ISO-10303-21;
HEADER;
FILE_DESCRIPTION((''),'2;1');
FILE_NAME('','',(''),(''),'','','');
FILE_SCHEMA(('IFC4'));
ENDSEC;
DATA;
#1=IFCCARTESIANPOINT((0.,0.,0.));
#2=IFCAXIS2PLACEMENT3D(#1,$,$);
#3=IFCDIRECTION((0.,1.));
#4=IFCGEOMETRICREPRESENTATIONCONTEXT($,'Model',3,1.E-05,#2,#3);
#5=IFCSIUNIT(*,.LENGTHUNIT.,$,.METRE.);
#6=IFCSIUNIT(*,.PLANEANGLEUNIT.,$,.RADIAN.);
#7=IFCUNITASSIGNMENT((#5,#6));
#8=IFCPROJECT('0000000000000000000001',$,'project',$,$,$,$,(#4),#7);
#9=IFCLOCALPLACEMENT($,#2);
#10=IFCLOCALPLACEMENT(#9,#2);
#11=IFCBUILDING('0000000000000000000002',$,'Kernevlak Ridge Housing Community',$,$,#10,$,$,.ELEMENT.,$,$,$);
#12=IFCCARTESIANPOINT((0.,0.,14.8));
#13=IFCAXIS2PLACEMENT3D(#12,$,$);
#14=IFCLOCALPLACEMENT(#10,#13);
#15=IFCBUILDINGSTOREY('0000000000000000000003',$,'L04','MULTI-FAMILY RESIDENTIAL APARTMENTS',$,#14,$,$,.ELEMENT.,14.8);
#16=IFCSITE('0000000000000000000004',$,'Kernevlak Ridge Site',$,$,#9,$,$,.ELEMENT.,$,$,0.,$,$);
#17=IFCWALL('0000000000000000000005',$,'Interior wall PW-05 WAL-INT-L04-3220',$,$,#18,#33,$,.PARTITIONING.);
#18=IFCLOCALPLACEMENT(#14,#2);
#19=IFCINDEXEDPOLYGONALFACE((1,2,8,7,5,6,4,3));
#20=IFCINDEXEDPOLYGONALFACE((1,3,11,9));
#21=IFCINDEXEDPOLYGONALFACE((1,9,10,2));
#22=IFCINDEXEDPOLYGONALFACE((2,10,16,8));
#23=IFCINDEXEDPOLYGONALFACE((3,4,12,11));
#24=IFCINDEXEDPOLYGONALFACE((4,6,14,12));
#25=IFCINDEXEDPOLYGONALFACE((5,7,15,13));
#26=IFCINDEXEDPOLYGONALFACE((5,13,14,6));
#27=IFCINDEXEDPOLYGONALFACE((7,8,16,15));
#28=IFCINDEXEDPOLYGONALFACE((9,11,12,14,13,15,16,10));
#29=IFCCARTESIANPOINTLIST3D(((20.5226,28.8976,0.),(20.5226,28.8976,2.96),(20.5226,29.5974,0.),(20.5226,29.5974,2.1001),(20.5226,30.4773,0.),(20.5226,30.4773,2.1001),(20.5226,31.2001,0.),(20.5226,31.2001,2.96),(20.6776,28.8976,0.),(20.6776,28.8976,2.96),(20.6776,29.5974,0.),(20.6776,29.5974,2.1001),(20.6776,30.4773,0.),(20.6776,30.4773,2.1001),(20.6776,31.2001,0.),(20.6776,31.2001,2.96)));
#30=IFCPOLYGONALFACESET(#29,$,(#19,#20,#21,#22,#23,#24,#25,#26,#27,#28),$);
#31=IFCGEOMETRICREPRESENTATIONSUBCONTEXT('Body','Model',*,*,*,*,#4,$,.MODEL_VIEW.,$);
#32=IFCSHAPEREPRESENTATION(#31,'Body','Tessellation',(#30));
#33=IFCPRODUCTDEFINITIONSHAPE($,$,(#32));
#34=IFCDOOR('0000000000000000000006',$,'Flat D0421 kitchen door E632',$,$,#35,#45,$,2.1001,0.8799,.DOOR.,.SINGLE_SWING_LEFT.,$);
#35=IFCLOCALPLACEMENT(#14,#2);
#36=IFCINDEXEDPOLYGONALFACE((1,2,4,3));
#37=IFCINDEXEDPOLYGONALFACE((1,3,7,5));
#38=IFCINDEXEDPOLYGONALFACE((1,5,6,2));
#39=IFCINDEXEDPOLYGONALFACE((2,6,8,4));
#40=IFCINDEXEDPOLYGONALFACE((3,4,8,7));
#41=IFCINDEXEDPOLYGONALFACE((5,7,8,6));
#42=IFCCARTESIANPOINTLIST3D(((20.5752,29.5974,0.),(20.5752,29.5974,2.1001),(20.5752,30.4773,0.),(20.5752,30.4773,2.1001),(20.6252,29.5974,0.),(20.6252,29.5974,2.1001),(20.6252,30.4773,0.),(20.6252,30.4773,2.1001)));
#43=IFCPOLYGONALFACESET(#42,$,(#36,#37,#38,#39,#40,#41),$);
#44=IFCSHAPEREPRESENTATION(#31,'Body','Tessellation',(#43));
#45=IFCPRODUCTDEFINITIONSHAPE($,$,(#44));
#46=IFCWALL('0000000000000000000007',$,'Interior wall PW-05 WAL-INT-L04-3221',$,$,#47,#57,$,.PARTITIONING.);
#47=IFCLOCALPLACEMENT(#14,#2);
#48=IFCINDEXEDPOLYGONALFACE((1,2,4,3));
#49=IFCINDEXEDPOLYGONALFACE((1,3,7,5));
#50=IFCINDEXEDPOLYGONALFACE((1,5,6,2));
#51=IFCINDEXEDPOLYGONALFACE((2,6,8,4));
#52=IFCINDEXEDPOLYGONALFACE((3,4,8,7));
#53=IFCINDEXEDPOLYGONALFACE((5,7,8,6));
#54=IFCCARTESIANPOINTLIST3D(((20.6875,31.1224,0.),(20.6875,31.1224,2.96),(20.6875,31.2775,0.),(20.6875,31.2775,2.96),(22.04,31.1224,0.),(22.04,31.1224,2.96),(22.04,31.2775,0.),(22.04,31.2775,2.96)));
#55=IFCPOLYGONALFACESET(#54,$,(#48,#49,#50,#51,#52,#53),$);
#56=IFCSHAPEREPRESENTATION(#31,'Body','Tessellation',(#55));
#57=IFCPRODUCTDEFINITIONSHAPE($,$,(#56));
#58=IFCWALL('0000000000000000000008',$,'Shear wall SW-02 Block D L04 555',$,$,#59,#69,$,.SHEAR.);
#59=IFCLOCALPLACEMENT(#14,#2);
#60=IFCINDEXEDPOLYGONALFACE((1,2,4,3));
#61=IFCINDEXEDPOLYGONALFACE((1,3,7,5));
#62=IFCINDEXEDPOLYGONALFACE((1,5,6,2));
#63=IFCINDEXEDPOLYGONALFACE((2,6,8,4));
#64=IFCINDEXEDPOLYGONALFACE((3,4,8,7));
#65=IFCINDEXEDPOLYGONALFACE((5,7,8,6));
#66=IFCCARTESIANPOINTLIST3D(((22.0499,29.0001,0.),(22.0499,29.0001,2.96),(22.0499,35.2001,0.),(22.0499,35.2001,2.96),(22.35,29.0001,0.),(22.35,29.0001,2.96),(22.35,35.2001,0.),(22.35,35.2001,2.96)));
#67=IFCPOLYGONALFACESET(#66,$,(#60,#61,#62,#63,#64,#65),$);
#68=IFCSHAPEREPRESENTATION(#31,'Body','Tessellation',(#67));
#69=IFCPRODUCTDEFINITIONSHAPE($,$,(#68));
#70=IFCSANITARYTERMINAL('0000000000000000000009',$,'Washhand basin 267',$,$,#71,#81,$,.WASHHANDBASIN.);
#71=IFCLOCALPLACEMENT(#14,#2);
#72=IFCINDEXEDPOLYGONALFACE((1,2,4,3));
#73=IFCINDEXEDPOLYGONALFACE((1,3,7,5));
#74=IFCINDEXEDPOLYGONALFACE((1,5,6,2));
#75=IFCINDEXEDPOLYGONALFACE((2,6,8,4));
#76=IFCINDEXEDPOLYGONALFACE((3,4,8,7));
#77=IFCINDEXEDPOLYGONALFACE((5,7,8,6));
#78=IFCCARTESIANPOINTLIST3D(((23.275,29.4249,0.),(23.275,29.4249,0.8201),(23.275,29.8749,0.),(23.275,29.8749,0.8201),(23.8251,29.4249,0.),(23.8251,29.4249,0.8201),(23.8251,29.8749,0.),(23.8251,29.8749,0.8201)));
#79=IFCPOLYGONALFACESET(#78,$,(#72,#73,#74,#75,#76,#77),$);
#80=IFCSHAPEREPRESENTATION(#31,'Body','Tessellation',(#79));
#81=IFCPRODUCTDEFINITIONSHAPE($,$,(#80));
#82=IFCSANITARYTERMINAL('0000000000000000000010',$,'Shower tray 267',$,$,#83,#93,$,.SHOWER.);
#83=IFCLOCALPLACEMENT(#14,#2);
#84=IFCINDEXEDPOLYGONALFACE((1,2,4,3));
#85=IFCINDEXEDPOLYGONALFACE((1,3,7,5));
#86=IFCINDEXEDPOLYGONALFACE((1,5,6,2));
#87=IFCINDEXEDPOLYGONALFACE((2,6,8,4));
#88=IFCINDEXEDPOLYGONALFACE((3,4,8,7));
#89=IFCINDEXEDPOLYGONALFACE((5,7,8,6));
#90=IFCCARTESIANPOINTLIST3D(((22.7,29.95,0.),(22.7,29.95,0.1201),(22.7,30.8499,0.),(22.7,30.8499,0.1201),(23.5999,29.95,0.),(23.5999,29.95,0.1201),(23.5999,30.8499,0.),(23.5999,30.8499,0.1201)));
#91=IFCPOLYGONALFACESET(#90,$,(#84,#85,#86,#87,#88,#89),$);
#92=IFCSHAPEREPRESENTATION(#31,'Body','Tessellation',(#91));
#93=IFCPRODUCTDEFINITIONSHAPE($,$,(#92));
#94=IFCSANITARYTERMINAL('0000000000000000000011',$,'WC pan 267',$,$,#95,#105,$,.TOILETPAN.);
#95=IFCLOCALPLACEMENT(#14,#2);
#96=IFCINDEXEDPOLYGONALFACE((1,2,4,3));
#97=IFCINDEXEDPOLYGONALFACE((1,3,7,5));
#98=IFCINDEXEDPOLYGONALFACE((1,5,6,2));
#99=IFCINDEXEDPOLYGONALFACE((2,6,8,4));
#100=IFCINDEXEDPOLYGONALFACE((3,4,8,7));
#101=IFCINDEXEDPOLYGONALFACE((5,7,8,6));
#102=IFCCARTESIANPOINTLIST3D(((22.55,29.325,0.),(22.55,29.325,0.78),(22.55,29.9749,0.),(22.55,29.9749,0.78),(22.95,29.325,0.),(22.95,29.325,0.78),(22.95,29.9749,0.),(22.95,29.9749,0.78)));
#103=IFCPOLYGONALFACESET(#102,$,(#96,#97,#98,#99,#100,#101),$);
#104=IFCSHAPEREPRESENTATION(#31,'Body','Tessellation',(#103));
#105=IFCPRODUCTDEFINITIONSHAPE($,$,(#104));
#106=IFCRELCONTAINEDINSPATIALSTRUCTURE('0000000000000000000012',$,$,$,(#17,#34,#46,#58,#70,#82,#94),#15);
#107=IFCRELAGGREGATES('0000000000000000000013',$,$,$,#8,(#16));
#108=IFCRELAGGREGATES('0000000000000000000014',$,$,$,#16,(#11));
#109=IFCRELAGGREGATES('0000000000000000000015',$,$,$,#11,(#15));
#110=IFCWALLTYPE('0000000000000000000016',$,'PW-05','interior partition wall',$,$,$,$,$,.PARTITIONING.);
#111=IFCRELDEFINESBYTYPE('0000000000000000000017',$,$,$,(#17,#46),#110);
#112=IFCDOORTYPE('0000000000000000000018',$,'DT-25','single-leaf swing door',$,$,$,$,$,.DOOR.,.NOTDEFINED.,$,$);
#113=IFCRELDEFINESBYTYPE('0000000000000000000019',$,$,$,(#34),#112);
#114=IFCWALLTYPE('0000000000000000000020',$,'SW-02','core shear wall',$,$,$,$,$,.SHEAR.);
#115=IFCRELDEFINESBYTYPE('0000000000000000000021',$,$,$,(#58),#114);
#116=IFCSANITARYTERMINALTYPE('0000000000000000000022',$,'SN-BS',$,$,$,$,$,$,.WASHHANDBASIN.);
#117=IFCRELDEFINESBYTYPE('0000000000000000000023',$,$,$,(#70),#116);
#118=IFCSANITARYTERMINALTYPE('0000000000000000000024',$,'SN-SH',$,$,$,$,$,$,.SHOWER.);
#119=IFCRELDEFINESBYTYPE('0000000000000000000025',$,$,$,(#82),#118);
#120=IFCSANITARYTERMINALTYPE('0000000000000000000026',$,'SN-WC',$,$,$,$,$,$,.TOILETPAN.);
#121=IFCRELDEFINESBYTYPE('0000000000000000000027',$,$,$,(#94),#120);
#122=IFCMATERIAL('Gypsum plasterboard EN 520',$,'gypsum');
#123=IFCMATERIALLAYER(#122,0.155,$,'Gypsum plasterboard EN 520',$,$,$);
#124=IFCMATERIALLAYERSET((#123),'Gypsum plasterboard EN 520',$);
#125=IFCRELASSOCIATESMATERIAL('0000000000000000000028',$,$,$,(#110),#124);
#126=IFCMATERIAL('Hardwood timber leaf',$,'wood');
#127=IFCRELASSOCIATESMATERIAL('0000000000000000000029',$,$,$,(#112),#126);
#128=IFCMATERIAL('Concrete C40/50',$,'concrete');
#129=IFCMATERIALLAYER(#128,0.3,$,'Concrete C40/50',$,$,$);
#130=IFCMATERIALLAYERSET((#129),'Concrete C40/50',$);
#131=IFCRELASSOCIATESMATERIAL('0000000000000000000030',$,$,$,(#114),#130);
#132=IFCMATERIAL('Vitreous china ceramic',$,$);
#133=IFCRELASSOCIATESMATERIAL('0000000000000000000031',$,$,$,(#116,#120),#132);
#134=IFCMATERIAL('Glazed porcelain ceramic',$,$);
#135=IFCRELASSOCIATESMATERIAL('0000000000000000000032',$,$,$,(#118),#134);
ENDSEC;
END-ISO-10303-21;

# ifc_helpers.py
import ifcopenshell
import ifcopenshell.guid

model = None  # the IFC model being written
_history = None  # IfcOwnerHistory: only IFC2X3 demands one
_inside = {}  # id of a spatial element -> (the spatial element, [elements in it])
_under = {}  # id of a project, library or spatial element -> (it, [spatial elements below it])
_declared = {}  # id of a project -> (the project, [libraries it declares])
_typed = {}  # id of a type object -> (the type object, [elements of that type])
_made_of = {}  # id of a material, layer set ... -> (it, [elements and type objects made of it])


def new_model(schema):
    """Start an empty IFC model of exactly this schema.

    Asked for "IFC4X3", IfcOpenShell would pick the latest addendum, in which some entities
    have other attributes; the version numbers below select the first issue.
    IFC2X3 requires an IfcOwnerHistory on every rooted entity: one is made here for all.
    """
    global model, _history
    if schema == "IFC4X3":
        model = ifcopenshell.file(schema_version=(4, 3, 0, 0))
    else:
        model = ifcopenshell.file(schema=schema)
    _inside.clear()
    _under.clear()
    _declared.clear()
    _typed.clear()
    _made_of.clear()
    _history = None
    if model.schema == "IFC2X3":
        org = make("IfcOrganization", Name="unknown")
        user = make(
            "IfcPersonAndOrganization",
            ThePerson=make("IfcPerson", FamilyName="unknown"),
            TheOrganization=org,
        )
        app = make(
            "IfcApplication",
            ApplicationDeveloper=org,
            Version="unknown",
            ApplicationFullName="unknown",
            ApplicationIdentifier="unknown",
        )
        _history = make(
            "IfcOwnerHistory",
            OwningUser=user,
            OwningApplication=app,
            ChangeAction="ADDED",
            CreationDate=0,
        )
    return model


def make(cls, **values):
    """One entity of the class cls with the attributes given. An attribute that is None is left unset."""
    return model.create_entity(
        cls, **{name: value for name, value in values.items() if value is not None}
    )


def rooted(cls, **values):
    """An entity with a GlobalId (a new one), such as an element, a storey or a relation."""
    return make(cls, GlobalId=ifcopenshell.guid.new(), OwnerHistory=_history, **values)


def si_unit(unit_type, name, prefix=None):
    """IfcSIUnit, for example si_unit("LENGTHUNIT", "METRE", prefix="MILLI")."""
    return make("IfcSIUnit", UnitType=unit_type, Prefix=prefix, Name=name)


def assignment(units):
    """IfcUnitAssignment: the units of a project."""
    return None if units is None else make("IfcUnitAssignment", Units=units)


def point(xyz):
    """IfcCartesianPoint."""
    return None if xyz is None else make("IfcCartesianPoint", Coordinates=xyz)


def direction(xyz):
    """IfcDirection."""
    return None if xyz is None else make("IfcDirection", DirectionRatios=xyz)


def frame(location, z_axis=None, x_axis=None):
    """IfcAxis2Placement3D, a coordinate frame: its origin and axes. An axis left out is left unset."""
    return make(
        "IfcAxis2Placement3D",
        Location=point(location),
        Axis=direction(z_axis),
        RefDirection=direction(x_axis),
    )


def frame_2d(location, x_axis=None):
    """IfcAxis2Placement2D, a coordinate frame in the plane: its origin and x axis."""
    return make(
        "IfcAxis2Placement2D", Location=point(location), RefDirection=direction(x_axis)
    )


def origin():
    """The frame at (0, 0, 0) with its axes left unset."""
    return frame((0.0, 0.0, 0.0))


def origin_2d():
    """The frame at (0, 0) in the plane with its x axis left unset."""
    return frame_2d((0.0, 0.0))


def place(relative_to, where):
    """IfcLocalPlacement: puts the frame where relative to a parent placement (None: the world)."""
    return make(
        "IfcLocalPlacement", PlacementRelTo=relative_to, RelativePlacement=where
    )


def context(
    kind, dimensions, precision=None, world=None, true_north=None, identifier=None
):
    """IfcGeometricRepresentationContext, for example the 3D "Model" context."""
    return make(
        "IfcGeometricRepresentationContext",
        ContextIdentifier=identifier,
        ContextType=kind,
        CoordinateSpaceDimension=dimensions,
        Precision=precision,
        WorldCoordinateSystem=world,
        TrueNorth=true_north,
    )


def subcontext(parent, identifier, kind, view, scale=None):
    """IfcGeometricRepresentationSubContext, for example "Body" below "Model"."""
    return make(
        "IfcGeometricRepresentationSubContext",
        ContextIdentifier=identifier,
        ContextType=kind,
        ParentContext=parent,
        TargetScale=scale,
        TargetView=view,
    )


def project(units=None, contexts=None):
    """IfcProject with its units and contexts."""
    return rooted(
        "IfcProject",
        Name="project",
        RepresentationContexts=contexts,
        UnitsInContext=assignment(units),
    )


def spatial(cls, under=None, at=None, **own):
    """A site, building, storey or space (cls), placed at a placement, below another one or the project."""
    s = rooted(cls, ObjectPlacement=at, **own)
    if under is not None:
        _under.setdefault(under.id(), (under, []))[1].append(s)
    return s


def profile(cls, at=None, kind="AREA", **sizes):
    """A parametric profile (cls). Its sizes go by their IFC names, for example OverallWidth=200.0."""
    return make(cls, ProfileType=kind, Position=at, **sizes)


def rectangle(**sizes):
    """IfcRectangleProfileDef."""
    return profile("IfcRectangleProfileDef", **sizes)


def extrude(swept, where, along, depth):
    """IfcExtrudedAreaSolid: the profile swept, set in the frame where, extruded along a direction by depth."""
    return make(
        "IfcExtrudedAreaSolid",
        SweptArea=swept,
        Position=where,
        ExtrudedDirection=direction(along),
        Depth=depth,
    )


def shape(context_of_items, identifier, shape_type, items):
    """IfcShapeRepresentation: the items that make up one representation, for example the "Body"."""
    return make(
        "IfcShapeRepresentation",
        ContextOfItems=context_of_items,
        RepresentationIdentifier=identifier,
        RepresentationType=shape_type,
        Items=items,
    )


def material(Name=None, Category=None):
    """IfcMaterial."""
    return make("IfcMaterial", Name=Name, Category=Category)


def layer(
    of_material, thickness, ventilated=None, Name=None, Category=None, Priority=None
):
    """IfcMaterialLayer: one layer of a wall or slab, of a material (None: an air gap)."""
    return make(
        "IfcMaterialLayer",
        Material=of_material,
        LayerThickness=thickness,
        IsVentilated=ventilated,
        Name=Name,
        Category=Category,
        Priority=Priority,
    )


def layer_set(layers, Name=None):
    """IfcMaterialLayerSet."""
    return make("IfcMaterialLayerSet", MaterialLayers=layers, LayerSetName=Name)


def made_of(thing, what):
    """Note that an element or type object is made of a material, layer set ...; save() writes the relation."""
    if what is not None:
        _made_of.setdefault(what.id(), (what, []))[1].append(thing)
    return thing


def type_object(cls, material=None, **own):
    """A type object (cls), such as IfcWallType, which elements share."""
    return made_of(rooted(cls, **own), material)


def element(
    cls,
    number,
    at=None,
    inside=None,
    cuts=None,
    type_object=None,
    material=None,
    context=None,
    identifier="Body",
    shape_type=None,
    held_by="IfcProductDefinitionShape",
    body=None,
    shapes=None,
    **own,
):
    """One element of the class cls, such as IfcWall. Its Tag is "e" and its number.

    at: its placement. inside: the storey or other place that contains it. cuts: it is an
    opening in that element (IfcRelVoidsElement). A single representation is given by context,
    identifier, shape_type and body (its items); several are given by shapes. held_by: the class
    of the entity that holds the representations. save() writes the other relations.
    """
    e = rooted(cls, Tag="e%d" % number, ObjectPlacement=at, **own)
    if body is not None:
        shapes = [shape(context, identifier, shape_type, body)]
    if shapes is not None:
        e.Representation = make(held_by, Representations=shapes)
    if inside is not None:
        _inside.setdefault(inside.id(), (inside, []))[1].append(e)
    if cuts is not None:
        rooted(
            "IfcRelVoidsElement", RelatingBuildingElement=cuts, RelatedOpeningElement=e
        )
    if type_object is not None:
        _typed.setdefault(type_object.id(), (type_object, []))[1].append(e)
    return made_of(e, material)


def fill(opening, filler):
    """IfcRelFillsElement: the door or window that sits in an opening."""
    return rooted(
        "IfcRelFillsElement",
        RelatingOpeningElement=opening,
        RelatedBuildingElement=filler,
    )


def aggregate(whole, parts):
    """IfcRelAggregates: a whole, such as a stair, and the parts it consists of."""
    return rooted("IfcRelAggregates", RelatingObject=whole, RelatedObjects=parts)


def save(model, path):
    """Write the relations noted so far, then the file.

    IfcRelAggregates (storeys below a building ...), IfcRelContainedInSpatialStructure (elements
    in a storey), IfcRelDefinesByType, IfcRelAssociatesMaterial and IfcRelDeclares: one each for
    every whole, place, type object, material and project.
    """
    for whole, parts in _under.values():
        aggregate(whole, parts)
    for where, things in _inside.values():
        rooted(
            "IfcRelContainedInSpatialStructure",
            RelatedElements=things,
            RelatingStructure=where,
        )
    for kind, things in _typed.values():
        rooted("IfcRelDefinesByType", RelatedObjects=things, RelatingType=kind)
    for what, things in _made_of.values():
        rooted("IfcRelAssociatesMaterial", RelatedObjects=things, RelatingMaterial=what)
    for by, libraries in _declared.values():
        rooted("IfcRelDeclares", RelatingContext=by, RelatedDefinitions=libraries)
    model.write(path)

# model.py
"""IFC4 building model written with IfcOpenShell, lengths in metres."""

from ifc_helpers import new_model, si_unit, direction, frame, frame_2d, origin, origin_2d, place, context, subcontext, project, spatial, rectangle, extrude, material, layer, layer_set, type_object, element, fill, save


model = new_model("IFC4")

# Units and contexts
model_context = context("Model", 3, precision=1e-05, world=origin(), true_north=direction((0.0, 1.0)))
body_context = subcontext(model_context, "Body", "Model", "MODEL_VIEW")
ifc_project = project(units=[si_unit("LENGTHUNIT", "METRE"), si_unit("PLANEANGLEUNIT", "RADIAN")], contexts=[model_context])

# Site, building, storey
site_placement = place(None, origin())
site = spatial("IfcSite", under=ifc_project, at=site_placement, Name="Kernevlak Ridge Site", CompositionType="ELEMENT", RefElevation=0.0)
building_placement = place(site_placement, origin())
building = spatial("IfcBuilding", under=site, at=building_placement, Name="Kernevlak Ridge Housing Community", CompositionType="ELEMENT")
storey_placement = place(building_placement, frame((0.0, 0.0, 14.8)))
storey = spatial("IfcBuildingStorey", under=building, at=storey_placement, Name="L04", Description="MULTI-FAMILY RESIDENTIAL APARTMENTS", CompositionType="ELEMENT", Elevation=14.8)

# Shared definitions
ifc_material_1 = material(Name="Gypsum plasterboard EN 520", Category="gypsum")

# Wall, opening, door
ifc_layer_1 = layer(ifc_material_1, 0.155, Name="Gypsum plasterboard EN 520")
ifc_layer_set_1 = layer_set([ifc_layer_1], Name="Gypsum plasterboard EN 520")
wall_type_1 = type_object("IfcWallType", Name="PW-05", Description="interior partition wall", PredefinedType="PARTITIONING", material=ifc_layer_set_1)
wall_1_placement = place(storey_placement, frame((20.6001, 28.8975, 0.0), z_axis=(0.0, 0.0, 1.0), x_axis=(0.0, 1.0, 0.0)))
wall_1 = element("IfcWall", 1, at=wall_1_placement, inside=storey, type_object=wall_type_1, Name="Interior wall PW-05 WAL-INT-L04-3220", PredefinedType="PARTITIONING", context=body_context, shape_type="SweptSolid", body=[
    extrude(rectangle(XDim=2.3025, YDim=0.155, at=frame_2d((1.1514, 0.0))), origin(), (0.0, 0.0, 1.0), 2.96),
])
opening_1_placement = place(wall_1_placement, frame((0.7, 0.0, 0.0)))
opening_1 = element("IfcOpeningElement", 2, at=opening_1_placement, cuts=wall_1, PredefinedType="OPENING", context=body_context, shape_type="SweptSolid", body=[
    extrude(rectangle(XDim=0.8799, YDim=2.1001, at=frame_2d((0.4399, 1.05))), frame((0.0, 0.0874, 0.0), z_axis=(0.0, -1.0, 0.0), x_axis=(1.0, 0.0, 0.0)), (0.0, 0.0, 1.0), 0.175),
])
ifc_material_2 = material(Name="Hardwood timber leaf", Category="wood")
door_type_1 = type_object("IfcDoorType", Name="DT-25", Description="single-leaf swing door", OperationType="NOTDEFINED", PredefinedType="DOOR", material=ifc_material_2)
door_1_placement = place(opening_1_placement, origin())
door_1 = element("IfcDoor", 3, at=door_1_placement, inside=storey, type_object=door_type_1, Name="Flat D0421 kitchen door E632", OperationType="SINGLE_SWING_LEFT", OverallHeight=2.1001, OverallWidth=0.8799, PredefinedType="DOOR", context=body_context, shape_type="SweptSolid", body=[
    extrude(rectangle(XDim=0.8799, YDim=2.1001, at=frame_2d((0.4399, 1.05))), frame((0.0, 0.0249, 0.0), z_axis=(0.0, -1.0, 0.0), x_axis=(1.0, 0.0, 0.0)), (0.0, 0.0, 1.0), 0.05),
])
fill(opening_1, door_1)

# Walls
wall_2_placement = place(storey_placement, frame((20.6875, 31.2, 0.0), z_axis=(0.0, 0.0, 1.0), x_axis=(1.0, 0.0, 0.0)))
element("IfcWall", 4, at=wall_2_placement, inside=storey, type_object=wall_type_1, Name="Interior wall PW-05 WAL-INT-L04-3221", PredefinedType="PARTITIONING", context=body_context, shape_type="SweptSolid", body=[
    extrude(rectangle(XDim=1.3525, YDim=0.155, at=frame_2d((0.6763, 0.0))), origin(), (0.0, 0.0, 1.0), 2.96),
])
ifc_material_3 = material(Name="Concrete C40/50", Category="concrete")
ifc_layer_2 = layer(ifc_material_3, 0.3, Name="Concrete C40/50")
ifc_layer_set_2 = layer_set([ifc_layer_2], Name="Concrete C40/50")
wall_type_2 = type_object("IfcWallType", Name="SW-02", Description="core shear wall", PredefinedType="SHEAR", material=ifc_layer_set_2)
wall_3_placement = place(storey_placement, frame((22.2, 29.0, 0.0), z_axis=(0.0, 0.0, 1.0), x_axis=(0.0, 1.0, 0.0)))
element("IfcWall", 5, at=wall_3_placement, inside=storey, type_object=wall_type_2, Name="Shear wall SW-02 Block D L04 555", PredefinedType="SHEAR", context=body_context, shape_type="SweptSolid", body=[
    extrude(rectangle(XDim=6.2, YDim=0.3, at=frame_2d((3.1001, 0.0))), origin(), (0.0, 0.0, 1.0), 2.96),
])

# Sanitary terminals
ifc_material_4 = material(Name="Vitreous china ceramic")
sanitary_terminal_type_1 = type_object("IfcSanitaryTerminalType", Name="SN-BS", PredefinedType="WASHHANDBASIN", material=ifc_material_4)
sanitary_terminal_1_placement = place(storey_placement, frame((23.55, 29.6499, 0.0), z_axis=(0.0, 0.0, 1.0), x_axis=(1.0, 0.0, 0.0)))
element("IfcSanitaryTerminal", 6, at=sanitary_terminal_1_placement, inside=storey, type_object=sanitary_terminal_type_1, Name="Washhand basin 267", PredefinedType="WASHHANDBASIN", context=body_context, shape_type="SweptSolid", body=[
    extrude(rectangle(XDim=0.55, YDim=0.45, at=origin_2d()), origin(), (0.0, 0.0, 1.0), 0.8201),
])
ifc_material_5 = material(Name="Glazed porcelain ceramic")
sanitary_terminal_type_2 = type_object("IfcSanitaryTerminalType", Name="SN-SH", PredefinedType="SHOWER", material=ifc_material_5)
sanitary_terminal_2_placement = place(storey_placement, frame((23.1499, 30.3999, 0.0), z_axis=(0.0, 0.0, 1.0), x_axis=(1.0, 0.0, 0.0)))
element("IfcSanitaryTerminal", 7, at=sanitary_terminal_2_placement, inside=storey, type_object=sanitary_terminal_type_2, Name="Shower tray 267", PredefinedType="SHOWER", context=body_context, shape_type="SweptSolid", body=[
    extrude(rectangle(XDim=0.8999, YDim=0.8999, at=origin_2d()), origin(), (0.0, 0.0, 1.0), 0.1201),
])
sanitary_terminal_type_3 = type_object("IfcSanitaryTerminalType", Name="SN-WC", PredefinedType="TOILETPAN", material=ifc_material_4)
sanitary_terminal_3_placement = place(storey_placement, frame((22.75, 29.6499, 0.0), z_axis=(0.0, 0.0, 1.0), x_axis=(1.0, 0.0, 0.0)))
element("IfcSanitaryTerminal", 8, at=sanitary_terminal_3_placement, inside=storey, type_object=sanitary_terminal_type_3, Name="WC pan 267", PredefinedType="TOILETPAN", context=body_context, shape_type="SweptSolid", body=[
    extrude(rectangle(XDim=0.3999, YDim=0.6499, at=origin_2d()), origin(), (0.0, 0.0, 1.0), 0.78),
])

save(model, "model.ifc")
